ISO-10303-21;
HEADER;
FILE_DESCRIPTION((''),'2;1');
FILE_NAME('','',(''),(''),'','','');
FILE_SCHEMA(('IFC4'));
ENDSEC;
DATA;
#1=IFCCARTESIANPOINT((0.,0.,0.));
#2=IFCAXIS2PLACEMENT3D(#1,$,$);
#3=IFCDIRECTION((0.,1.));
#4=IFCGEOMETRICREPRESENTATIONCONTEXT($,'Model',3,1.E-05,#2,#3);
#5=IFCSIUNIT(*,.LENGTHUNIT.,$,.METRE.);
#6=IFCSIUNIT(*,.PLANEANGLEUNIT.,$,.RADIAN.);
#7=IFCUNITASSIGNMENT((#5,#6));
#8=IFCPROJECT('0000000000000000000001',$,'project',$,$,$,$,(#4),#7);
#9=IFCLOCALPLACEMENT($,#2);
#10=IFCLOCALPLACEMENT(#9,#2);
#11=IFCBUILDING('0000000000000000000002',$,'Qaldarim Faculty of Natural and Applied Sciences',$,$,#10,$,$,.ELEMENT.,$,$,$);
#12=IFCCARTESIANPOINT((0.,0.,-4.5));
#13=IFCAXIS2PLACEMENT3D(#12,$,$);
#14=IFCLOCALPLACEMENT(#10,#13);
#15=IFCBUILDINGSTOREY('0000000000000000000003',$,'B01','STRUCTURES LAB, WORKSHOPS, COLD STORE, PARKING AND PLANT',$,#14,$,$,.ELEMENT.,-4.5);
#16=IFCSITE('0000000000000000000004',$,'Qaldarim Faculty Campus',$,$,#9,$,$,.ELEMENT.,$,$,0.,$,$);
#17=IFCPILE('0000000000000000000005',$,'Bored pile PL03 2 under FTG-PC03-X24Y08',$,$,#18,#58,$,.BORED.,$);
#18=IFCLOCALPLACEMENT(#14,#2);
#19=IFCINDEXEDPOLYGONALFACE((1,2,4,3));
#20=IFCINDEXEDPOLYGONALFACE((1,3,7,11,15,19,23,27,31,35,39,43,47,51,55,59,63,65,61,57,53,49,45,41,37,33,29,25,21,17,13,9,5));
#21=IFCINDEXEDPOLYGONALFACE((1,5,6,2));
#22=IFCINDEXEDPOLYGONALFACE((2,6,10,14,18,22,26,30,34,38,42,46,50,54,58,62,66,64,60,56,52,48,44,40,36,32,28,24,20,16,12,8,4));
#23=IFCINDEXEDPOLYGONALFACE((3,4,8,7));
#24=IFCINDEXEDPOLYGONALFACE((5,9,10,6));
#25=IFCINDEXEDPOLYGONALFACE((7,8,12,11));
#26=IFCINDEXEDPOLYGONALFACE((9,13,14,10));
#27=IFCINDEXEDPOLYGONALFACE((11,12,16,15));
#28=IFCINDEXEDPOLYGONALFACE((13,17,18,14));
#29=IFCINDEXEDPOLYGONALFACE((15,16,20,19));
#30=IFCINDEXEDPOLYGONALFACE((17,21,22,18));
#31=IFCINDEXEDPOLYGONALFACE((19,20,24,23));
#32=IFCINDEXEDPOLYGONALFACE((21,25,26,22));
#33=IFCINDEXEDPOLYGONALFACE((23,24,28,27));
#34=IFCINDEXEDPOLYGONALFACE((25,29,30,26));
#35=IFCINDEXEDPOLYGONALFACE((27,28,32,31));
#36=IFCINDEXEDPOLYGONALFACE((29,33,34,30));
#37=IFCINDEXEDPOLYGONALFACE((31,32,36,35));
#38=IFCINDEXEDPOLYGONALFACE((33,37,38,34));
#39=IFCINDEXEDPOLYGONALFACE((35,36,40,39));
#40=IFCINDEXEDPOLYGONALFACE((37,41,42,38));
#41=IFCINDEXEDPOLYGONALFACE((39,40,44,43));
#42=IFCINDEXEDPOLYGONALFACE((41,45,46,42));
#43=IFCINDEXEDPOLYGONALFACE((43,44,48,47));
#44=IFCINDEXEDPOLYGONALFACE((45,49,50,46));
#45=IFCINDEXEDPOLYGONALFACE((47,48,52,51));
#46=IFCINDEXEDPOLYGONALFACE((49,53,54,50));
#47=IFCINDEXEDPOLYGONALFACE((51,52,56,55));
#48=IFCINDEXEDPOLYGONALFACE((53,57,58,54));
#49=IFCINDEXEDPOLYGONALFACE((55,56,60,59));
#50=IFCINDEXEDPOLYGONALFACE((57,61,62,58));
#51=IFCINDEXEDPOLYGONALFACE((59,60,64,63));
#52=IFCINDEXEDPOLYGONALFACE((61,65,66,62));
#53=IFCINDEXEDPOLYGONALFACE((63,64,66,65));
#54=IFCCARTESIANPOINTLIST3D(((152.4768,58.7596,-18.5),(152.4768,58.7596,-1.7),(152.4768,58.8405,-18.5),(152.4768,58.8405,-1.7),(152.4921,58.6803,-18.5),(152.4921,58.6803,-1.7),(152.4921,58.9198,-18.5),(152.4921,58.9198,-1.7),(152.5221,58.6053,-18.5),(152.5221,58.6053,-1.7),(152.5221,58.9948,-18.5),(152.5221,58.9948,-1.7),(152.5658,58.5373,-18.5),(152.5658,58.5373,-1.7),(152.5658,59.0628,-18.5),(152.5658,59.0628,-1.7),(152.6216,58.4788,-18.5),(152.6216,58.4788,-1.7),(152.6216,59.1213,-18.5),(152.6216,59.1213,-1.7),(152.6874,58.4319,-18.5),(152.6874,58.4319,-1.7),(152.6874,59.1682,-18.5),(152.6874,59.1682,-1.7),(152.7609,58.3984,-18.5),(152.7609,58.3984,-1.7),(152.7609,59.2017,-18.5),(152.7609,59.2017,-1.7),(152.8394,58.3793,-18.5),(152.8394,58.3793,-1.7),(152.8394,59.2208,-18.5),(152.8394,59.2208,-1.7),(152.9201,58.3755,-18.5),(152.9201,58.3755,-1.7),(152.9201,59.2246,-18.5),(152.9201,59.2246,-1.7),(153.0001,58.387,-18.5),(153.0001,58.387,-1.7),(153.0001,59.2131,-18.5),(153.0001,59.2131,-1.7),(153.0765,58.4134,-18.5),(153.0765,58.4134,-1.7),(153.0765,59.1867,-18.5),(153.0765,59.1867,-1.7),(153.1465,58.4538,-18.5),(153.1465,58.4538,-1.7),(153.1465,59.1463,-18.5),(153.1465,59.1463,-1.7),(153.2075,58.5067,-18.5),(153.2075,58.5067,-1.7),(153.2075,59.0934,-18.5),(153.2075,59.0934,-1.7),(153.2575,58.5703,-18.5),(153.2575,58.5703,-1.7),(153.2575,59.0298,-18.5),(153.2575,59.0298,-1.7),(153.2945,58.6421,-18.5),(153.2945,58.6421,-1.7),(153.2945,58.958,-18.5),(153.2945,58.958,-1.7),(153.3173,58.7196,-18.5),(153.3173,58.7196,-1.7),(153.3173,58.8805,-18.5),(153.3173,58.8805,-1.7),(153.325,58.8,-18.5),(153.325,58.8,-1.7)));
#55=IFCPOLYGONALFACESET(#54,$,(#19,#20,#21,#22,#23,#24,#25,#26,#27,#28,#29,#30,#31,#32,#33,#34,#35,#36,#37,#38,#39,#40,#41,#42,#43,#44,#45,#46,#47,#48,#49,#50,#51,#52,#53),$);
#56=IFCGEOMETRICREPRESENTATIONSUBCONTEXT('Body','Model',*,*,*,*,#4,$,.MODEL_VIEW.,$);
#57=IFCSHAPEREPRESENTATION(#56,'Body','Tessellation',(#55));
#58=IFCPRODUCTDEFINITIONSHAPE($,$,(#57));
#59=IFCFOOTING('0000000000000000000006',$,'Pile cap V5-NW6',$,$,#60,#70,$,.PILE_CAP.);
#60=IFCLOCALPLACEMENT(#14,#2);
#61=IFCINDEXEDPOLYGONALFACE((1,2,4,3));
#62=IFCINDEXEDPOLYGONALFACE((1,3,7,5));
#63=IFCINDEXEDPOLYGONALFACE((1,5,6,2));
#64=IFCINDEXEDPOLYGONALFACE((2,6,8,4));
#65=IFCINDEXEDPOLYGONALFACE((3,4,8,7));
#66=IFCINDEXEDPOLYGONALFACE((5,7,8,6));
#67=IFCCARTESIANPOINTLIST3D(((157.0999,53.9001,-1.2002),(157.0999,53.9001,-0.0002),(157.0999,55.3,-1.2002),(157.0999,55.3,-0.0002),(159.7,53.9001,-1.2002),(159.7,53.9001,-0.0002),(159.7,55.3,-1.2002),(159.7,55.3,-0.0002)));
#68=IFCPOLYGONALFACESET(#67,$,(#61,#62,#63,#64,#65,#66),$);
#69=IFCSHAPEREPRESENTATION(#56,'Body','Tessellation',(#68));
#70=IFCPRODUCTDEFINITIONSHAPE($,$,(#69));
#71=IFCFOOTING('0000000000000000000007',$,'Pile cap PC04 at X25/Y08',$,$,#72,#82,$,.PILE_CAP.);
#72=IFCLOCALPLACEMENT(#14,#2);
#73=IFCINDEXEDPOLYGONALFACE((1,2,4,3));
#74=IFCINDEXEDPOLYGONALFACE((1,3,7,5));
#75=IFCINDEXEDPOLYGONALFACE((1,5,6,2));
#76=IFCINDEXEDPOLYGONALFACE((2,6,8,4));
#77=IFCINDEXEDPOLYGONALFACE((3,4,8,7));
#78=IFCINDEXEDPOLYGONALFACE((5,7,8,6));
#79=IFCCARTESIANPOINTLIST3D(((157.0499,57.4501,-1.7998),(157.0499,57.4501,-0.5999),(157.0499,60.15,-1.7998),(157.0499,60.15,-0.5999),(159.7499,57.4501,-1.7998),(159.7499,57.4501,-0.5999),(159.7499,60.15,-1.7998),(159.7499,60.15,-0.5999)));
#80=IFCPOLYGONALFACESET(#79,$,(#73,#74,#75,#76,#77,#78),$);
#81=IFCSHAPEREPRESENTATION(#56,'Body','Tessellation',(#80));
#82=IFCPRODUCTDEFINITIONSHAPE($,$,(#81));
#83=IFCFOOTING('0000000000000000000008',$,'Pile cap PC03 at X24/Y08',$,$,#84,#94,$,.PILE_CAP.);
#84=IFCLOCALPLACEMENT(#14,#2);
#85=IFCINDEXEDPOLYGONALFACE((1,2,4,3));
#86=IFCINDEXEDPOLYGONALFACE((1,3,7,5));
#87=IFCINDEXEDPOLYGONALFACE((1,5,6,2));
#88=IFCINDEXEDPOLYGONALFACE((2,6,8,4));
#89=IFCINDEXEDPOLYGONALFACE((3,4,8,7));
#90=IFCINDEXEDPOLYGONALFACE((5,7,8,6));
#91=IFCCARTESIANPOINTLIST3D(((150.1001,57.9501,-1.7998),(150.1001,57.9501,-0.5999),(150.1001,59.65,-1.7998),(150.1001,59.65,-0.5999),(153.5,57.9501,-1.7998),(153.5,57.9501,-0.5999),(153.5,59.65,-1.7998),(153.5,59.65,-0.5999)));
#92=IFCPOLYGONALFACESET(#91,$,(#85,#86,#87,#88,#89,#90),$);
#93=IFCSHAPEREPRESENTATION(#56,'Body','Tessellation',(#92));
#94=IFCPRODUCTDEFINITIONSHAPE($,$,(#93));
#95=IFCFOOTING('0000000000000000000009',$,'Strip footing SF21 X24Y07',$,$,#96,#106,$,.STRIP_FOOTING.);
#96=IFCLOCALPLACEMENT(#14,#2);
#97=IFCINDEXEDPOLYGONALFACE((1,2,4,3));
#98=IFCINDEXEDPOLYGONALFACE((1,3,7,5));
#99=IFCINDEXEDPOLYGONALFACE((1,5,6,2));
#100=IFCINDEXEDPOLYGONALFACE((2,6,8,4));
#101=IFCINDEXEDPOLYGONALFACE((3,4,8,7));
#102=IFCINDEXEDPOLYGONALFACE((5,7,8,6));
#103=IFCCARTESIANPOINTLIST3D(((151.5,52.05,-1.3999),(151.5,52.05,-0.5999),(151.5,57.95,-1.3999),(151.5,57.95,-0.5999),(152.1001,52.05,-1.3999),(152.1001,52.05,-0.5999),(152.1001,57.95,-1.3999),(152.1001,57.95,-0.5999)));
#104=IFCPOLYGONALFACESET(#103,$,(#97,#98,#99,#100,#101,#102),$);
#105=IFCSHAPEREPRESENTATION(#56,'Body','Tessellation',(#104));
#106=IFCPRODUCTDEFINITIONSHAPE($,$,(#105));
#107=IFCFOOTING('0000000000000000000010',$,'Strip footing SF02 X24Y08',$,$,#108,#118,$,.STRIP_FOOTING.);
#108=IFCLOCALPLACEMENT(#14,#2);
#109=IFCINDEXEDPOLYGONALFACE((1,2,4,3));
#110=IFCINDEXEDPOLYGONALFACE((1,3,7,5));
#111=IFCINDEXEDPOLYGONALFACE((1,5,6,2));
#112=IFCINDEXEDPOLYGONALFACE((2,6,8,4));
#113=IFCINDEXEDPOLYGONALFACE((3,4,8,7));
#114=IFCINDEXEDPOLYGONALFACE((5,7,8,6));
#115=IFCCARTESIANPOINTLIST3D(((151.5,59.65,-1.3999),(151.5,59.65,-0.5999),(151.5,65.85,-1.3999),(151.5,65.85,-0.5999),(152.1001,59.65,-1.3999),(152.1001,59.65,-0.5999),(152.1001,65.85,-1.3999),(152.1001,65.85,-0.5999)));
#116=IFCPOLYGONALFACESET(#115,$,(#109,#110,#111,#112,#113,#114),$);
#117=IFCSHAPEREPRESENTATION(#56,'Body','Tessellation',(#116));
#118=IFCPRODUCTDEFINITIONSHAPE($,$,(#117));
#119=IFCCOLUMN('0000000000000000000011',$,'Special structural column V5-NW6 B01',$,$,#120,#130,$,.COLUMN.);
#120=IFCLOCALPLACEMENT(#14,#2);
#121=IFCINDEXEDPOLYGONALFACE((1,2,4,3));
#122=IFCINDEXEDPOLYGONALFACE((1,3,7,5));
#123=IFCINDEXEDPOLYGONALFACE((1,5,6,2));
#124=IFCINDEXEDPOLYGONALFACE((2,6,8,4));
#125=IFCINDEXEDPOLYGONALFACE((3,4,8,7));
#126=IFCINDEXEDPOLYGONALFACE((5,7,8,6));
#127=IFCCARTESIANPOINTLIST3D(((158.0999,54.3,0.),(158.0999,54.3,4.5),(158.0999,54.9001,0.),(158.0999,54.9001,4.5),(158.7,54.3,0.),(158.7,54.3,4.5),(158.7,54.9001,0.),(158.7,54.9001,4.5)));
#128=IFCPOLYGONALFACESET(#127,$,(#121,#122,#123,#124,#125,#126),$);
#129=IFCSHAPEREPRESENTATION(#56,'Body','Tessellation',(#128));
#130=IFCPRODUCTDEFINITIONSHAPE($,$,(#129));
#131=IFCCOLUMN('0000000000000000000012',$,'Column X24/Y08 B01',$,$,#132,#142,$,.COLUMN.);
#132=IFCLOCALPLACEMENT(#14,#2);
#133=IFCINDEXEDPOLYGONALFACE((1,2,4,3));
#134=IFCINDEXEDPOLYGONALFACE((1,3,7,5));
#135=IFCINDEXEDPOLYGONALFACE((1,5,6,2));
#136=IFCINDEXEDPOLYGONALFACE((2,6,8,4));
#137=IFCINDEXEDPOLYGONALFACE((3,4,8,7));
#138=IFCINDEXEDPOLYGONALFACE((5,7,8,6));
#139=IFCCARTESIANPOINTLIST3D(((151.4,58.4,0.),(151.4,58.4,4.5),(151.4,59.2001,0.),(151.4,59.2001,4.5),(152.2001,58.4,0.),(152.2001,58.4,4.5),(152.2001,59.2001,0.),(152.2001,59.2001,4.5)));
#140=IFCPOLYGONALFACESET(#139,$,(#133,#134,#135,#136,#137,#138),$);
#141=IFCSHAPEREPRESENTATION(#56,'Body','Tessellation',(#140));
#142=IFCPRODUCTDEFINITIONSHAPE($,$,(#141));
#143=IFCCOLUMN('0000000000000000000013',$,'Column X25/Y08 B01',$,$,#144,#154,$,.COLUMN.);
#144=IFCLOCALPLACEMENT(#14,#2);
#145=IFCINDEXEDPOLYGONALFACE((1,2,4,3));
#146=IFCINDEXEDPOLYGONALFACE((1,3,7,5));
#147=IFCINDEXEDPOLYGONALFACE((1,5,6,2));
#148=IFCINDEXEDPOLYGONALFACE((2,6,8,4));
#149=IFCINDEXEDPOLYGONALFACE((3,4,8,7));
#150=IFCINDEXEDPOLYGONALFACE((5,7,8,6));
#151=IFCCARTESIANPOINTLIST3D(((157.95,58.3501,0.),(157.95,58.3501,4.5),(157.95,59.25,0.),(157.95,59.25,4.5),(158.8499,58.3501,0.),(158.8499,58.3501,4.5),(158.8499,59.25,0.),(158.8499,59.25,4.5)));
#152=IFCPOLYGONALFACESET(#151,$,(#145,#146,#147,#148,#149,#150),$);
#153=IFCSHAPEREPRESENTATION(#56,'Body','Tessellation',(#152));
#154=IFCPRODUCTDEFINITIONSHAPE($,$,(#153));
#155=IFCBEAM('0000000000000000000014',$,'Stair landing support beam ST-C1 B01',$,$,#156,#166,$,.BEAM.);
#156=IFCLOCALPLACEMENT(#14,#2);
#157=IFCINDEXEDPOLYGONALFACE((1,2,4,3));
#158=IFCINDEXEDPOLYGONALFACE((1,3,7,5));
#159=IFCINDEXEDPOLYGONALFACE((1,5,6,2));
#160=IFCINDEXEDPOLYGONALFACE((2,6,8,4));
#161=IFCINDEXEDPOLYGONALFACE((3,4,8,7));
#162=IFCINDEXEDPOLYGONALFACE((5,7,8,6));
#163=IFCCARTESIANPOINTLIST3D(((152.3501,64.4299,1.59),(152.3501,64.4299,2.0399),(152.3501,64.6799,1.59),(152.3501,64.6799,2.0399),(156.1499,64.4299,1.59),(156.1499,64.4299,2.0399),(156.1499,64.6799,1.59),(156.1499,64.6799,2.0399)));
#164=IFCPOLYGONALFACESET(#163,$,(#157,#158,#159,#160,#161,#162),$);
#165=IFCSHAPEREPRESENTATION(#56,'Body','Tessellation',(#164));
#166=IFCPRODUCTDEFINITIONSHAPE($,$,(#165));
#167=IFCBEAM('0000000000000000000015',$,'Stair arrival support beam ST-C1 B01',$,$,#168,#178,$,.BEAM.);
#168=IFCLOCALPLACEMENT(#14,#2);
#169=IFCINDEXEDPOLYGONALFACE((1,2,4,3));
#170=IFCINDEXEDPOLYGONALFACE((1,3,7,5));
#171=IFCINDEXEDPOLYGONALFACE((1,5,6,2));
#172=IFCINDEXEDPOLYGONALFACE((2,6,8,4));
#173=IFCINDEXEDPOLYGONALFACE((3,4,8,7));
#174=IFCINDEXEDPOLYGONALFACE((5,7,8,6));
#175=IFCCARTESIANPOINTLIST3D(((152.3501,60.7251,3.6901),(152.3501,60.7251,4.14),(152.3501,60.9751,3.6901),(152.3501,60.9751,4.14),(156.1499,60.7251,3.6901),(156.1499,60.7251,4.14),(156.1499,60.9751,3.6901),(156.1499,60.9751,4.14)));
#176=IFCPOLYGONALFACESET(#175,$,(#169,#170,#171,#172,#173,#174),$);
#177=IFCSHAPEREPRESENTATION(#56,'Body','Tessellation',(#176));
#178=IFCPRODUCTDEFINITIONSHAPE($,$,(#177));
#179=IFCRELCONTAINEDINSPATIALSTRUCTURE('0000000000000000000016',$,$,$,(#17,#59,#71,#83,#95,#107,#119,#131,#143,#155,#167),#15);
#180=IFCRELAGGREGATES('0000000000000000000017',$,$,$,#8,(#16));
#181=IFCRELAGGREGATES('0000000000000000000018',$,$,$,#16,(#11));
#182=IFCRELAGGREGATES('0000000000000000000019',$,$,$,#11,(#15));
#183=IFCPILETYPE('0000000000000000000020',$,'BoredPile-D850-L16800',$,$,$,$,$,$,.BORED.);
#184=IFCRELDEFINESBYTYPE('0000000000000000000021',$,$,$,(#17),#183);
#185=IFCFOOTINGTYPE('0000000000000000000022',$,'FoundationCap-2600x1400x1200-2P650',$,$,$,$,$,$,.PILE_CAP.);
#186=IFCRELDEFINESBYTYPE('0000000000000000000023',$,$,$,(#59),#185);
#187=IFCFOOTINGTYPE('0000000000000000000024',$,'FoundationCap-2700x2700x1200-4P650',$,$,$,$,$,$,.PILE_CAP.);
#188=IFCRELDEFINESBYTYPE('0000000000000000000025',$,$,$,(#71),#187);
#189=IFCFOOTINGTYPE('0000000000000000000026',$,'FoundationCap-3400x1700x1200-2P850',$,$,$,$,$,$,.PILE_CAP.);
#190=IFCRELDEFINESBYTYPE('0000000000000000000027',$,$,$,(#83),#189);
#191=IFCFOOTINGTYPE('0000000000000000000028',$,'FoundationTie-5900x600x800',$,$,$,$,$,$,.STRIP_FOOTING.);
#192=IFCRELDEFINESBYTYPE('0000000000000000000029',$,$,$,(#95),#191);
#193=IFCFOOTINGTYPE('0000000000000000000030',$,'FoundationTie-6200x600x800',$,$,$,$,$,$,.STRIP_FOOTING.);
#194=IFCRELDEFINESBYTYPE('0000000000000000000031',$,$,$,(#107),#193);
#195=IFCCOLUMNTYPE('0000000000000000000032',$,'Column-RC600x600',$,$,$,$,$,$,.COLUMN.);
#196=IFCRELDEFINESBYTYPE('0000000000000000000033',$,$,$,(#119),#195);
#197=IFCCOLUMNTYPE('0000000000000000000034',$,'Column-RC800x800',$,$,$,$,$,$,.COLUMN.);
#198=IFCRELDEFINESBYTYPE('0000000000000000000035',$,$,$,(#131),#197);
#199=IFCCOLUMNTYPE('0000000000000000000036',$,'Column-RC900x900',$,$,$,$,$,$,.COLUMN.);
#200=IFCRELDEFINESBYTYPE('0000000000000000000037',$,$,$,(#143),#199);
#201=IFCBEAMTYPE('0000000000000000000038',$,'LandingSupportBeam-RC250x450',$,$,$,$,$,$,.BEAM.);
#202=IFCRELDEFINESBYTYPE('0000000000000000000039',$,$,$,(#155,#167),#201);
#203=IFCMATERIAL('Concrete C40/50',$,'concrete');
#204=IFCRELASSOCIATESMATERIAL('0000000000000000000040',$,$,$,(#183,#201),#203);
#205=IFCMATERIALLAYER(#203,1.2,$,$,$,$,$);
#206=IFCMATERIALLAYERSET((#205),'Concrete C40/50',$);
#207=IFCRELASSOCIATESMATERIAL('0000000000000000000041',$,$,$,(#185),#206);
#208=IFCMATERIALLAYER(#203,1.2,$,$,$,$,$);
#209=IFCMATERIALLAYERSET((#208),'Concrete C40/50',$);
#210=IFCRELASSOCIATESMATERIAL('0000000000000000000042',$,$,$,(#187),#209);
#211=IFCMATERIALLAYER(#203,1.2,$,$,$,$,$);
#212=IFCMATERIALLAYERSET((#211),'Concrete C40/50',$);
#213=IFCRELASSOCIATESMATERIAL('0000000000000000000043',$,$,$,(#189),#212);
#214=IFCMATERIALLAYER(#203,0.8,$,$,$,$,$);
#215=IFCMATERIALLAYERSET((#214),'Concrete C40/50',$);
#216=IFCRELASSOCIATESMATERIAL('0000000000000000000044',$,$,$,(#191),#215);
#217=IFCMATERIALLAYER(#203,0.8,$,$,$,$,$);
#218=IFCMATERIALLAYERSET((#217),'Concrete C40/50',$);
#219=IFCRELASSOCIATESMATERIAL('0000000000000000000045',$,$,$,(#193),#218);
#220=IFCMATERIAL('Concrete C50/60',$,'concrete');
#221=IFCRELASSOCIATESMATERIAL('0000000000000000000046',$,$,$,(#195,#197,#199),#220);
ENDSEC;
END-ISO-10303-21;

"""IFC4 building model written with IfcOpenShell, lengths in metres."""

from ifc_helpers import new_model, si_unit, direction, frame, origin, origin_2d, place, context, subcontext, project, spatial, rectangle, circle, extrude, material, layer, layer_set, material_profile, profile_set, type_object, element, save


model = new_model("IFC4")

# Units and contexts
model_context = context("Model", 3, precision=1e-05, world=origin(), true_north=direction((0.0, 1.0)))
body_context = subcontext(model_context, "Body", "Model", "MODEL_VIEW")
ifc_project = project(units=[si_unit("LENGTHUNIT", "METRE"), si_unit("PLANEANGLEUNIT", "RADIAN")], contexts=[model_context])

# Site, building, storey
site_placement = place(None, origin())
site = spatial("IfcSite", under=ifc_project, at=site_placement, Name="Qaldarim Faculty Campus", CompositionType="ELEMENT", RefElevation=0.0)
building_placement = place(site_placement, origin())
building = spatial("IfcBuilding", under=site, at=building_placement, Name="Qaldarim Faculty of Natural and Applied Sciences", CompositionType="ELEMENT")
storey_placement = place(building_placement, frame((0.0, 0.0, -4.5)))
storey = spatial("IfcBuildingStorey", under=building, at=storey_placement, Name="B01", Description="STRUCTURES LAB, WORKSHOPS, COLD STORE, PARKING AND PLANT", CompositionType="ELEMENT", Elevation=-4.5)

# Pile
ifc_material_1 = material(Name="Concrete C40/50", Category="concrete")
ifc_material_profile_1 = material_profile(ifc_material_1, circle(Radius=0.425, at=origin_2d()), Name="PILE-D850")
ifc_profile_set_1 = profile_set([ifc_material_profile_1], Name="Concrete C40/50")
pile_type_1 = type_object("IfcPileType", Name="BoredPile-D850-L16800", PredefinedType="BORED", material=ifc_profile_set_1)
for number, where, z_axis, x_axis, name in (
    (1, (152.8999, 58.8, -1.7), (0.0, 0.0, -1.0), (1.0, 0.0, 0.0), "Bored pile PL03 2 under FTG-PC03-X24Y08"),
):
    element("IfcPile", number, at=place(storey_placement, frame(where, z_axis=z_axis, x_axis=x_axis)), inside=storey, type_object=pile_type_1, Name=name, PredefinedType="BORED", context=body_context, shape_type="SweptSolid", body=[
        extrude(circle(Radius=0.425, at=origin_2d()), origin(), (0.0, 0.0, 1.0), 16.8),
    ])

# Footings
ifc_layer_1 = layer(ifc_material_1, 1.2)
ifc_layer_set_1 = layer_set([ifc_layer_1], Name="Concrete C40/50")
footing_type_1 = type_object("IfcFootingType", Name="FoundationCap-2600x1400x1200-2P650", PredefinedType="PILE_CAP", material=ifc_layer_set_1)
footing_1_placement = place(storey_placement, frame((158.3999, 54.6001, -1.2002), z_axis=(0.0, 0.0, 1.0), x_axis=(1.0, 0.0, 0.0)))
element("IfcFooting", 2, at=footing_1_placement, inside=storey, type_object=footing_type_1, Name="Pile cap V5-NW6", PredefinedType="PILE_CAP", context=body_context, shape_type="SweptSolid", body=[
    extrude(rectangle(XDim=2.6001, YDim=1.3999, at=origin_2d()), origin(), (0.0, 0.0, 1.0), 1.2),
])
ifc_layer_2 = layer(ifc_material_1, 1.2)
ifc_layer_set_2 = layer_set([ifc_layer_2], Name="Concrete C40/50")
footing_type_2 = type_object("IfcFootingType", Name="FoundationCap-2700x2700x1200-4P650", PredefinedType="PILE_CAP", material=ifc_layer_set_2)
footing_2_placement = place(storey_placement, frame((158.3999, 58.8, -1.7998), z_axis=(0.0, 0.0, 1.0), x_axis=(1.0, 0.0, 0.0)))
element("IfcFooting", 3, at=footing_2_placement, inside=storey, type_object=footing_type_2, Name="Pile cap PC04 at X25/Y08", PredefinedType="PILE_CAP", context=body_context, shape_type="SweptSolid", body=[
    extrude(rectangle(XDim=2.7, YDim=2.7, at=origin_2d()), origin(), (0.0, 0.0, 1.0), 1.2),
])
ifc_layer_3 = layer(ifc_material_1, 1.2)
ifc_layer_set_3 = layer_set([ifc_layer_3], Name="Concrete C40/50")
footing_type_3 = type_object("IfcFootingType", Name="FoundationCap-3400x1700x1200-2P850", PredefinedType="PILE_CAP", material=ifc_layer_set_3)
footing_3_placement = place(storey_placement, frame((151.8, 58.8, -1.7998), z_axis=(0.0, 0.0, 1.0), x_axis=(1.0, 0.0, 0.0)))
element("IfcFooting", 4, at=footing_3_placement, inside=storey, type_object=footing_type_3, Name="Pile cap PC03 at X24/Y08", PredefinedType="PILE_CAP", context=body_context, shape_type="SweptSolid", body=[
    extrude(rectangle(XDim=3.3999, YDim=1.7, at=origin_2d()), origin(), (0.0, 0.0, 1.0), 1.2),
])
ifc_layer_4 = layer(ifc_material_1, 0.8)
ifc_layer_set_4 = layer_set([ifc_layer_4], Name="Concrete C40/50")
footing_type_4 = type_object("IfcFootingType", Name="FoundationTie-5900x600x800", PredefinedType="STRIP_FOOTING", material=ifc_layer_set_4)
footing_4_placement = place(storey_placement, frame((151.8, 55.0, -1.3999), z_axis=(0.0, 0.0, 1.0), x_axis=(0.0, 1.0, 0.0)))
element("IfcFooting", 5, at=footing_4_placement, inside=storey, type_object=footing_type_4, Name="Strip footing SF21 X24Y07", PredefinedType="STRIP_FOOTING", context=body_context, shape_type="SweptSolid", body=[
    extrude(rectangle(XDim=5.8999, YDim=0.6001, at=origin_2d()), origin(), (0.0, 0.0, 1.0), 0.8),
])
ifc_layer_5 = layer(ifc_material_1, 0.8)
ifc_layer_set_5 = layer_set([ifc_layer_5], Name="Concrete C40/50")
footing_type_5 = type_object("IfcFootingType", Name="FoundationTie-6200x600x800", PredefinedType="STRIP_FOOTING", material=ifc_layer_set_5)
footing_5_placement = place(storey_placement, frame((151.8, 62.75, -1.3999), z_axis=(0.0, 0.0, 1.0), x_axis=(0.0, 1.0, 0.0)))
element("IfcFooting", 6, at=footing_5_placement, inside=storey, type_object=footing_type_5, Name="Strip footing SF02 X24Y08", PredefinedType="STRIP_FOOTING", context=body_context, shape_type="SweptSolid", body=[
    extrude(rectangle(XDim=6.2, YDim=0.6001, at=origin_2d()), origin(), (0.0, 0.0, 1.0), 0.8),
])

# Columns
ifc_material_2 = material(Name="Concrete C50/60", Category="concrete")
ifc_material_profile_2 = material_profile(ifc_material_2, rectangle(XDim=0.6001, YDim=0.6001, at=origin_2d()), Name="RC-C600x600")
ifc_profile_set_2 = profile_set([ifc_material_profile_2], Name="Concrete C50/60")
column_type_1 = type_object("IfcColumnType", Name="Column-RC600x600", PredefinedType="COLUMN", material=ifc_profile_set_2)
column_1_placement = place(storey_placement, frame((158.3999, 54.6001, 0.0), z_axis=(0.0, 0.0, 1.0), x_axis=(1.0, 0.0, 0.0)))
element("IfcColumn", 7, at=column_1_placement, inside=storey, type_object=column_type_1, Name="Special structural column V5-NW6 B01", PredefinedType="COLUMN", context=body_context, shape_type="SweptSolid", body=[
    extrude(rectangle(XDim=0.6001, YDim=0.6001, at=origin_2d()), origin(), (0.0, 0.0, 1.0), 4.5),
])
ifc_material_profile_3 = material_profile(ifc_material_2, rectangle(XDim=0.8, YDim=0.8, at=origin_2d()), Name="RC-C800x800")
ifc_profile_set_3 = profile_set([ifc_material_profile_3], Name="Concrete C50/60")
column_type_2 = type_object("IfcColumnType", Name="Column-RC800x800", PredefinedType="COLUMN", material=ifc_profile_set_3)
column_2_placement = place(storey_placement, frame((151.8, 58.8, 0.0), z_axis=(0.0, 0.0, 1.0), x_axis=(1.0, 0.0, 0.0)))
element("IfcColumn", 8, at=column_2_placement, inside=storey, type_object=column_type_2, Name="Column X24/Y08 B01", PredefinedType="COLUMN", context=body_context, shape_type="SweptSolid", body=[
    extrude(rectangle(XDim=0.8, YDim=0.8, at=origin_2d()), origin(), (0.0, 0.0, 1.0), 4.5),
])
ifc_material_profile_4 = material_profile(ifc_material_2, rectangle(XDim=0.8999, YDim=0.8999, at=origin_2d()), Name="RC-C900x900")
ifc_profile_set_4 = profile_set([ifc_material_profile_4], Name="Concrete C50/60")
column_type_3 = type_object("IfcColumnType", Name="Column-RC900x900", PredefinedType="COLUMN", material=ifc_profile_set_4)
column_3_placement = place(storey_placement, frame((158.3999, 58.8, 0.0), z_axis=(0.0, 0.0, 1.0), x_axis=(1.0, 0.0, 0.0)))
element("IfcColumn", 9, at=column_3_placement, inside=storey, type_object=column_type_3, Name="Column X25/Y08 B01", PredefinedType="COLUMN", context=body_context, shape_type="SweptSolid", body=[
    extrude(rectangle(XDim=0.8999, YDim=0.8999, at=origin_2d()), origin(), (0.0, 0.0, 1.0), 4.5),
])

# Beams
ifc_material_profile_5 = material_profile(ifc_material_1, rectangle(XDim=0.25, YDim=0.45, at=origin_2d()), Name="RC-LN250x450")
ifc_profile_set_5 = profile_set([ifc_material_profile_5], Name="Concrete C40/50")
beam_type = type_object("IfcBeamType", Name="LandingSupportBeam-RC250x450", PredefinedType="BEAM", material=ifc_profile_set_5)
for number, where, z_axis, x_axis, name in (
    (10, (152.3501, 64.5549, 1.8149), (1.0, 0.0, 0.0), (0.0, 1.0, 0.0), "Stair landing support beam ST-C1 B01"),
    (11, (152.3501, 60.8501, 3.915), (1.0, 0.0, 0.0), (0.0, 1.0, 0.0), "Stair arrival support beam ST-C1 B01"),
):
    element("IfcBeam", number, at=place(storey_placement, frame(where, z_axis=z_axis, x_axis=x_axis)), inside=storey, type_object=beam_type, Name=name, PredefinedType="BEAM", context=body_context, shape_type="SweptSolid", body=[
        extrude(rectangle(XDim=0.25, YDim=0.45, at=origin_2d()), origin(), (0.0, 0.0, 1.0), 3.7998),
    ])

save(model, "model.ifc")
